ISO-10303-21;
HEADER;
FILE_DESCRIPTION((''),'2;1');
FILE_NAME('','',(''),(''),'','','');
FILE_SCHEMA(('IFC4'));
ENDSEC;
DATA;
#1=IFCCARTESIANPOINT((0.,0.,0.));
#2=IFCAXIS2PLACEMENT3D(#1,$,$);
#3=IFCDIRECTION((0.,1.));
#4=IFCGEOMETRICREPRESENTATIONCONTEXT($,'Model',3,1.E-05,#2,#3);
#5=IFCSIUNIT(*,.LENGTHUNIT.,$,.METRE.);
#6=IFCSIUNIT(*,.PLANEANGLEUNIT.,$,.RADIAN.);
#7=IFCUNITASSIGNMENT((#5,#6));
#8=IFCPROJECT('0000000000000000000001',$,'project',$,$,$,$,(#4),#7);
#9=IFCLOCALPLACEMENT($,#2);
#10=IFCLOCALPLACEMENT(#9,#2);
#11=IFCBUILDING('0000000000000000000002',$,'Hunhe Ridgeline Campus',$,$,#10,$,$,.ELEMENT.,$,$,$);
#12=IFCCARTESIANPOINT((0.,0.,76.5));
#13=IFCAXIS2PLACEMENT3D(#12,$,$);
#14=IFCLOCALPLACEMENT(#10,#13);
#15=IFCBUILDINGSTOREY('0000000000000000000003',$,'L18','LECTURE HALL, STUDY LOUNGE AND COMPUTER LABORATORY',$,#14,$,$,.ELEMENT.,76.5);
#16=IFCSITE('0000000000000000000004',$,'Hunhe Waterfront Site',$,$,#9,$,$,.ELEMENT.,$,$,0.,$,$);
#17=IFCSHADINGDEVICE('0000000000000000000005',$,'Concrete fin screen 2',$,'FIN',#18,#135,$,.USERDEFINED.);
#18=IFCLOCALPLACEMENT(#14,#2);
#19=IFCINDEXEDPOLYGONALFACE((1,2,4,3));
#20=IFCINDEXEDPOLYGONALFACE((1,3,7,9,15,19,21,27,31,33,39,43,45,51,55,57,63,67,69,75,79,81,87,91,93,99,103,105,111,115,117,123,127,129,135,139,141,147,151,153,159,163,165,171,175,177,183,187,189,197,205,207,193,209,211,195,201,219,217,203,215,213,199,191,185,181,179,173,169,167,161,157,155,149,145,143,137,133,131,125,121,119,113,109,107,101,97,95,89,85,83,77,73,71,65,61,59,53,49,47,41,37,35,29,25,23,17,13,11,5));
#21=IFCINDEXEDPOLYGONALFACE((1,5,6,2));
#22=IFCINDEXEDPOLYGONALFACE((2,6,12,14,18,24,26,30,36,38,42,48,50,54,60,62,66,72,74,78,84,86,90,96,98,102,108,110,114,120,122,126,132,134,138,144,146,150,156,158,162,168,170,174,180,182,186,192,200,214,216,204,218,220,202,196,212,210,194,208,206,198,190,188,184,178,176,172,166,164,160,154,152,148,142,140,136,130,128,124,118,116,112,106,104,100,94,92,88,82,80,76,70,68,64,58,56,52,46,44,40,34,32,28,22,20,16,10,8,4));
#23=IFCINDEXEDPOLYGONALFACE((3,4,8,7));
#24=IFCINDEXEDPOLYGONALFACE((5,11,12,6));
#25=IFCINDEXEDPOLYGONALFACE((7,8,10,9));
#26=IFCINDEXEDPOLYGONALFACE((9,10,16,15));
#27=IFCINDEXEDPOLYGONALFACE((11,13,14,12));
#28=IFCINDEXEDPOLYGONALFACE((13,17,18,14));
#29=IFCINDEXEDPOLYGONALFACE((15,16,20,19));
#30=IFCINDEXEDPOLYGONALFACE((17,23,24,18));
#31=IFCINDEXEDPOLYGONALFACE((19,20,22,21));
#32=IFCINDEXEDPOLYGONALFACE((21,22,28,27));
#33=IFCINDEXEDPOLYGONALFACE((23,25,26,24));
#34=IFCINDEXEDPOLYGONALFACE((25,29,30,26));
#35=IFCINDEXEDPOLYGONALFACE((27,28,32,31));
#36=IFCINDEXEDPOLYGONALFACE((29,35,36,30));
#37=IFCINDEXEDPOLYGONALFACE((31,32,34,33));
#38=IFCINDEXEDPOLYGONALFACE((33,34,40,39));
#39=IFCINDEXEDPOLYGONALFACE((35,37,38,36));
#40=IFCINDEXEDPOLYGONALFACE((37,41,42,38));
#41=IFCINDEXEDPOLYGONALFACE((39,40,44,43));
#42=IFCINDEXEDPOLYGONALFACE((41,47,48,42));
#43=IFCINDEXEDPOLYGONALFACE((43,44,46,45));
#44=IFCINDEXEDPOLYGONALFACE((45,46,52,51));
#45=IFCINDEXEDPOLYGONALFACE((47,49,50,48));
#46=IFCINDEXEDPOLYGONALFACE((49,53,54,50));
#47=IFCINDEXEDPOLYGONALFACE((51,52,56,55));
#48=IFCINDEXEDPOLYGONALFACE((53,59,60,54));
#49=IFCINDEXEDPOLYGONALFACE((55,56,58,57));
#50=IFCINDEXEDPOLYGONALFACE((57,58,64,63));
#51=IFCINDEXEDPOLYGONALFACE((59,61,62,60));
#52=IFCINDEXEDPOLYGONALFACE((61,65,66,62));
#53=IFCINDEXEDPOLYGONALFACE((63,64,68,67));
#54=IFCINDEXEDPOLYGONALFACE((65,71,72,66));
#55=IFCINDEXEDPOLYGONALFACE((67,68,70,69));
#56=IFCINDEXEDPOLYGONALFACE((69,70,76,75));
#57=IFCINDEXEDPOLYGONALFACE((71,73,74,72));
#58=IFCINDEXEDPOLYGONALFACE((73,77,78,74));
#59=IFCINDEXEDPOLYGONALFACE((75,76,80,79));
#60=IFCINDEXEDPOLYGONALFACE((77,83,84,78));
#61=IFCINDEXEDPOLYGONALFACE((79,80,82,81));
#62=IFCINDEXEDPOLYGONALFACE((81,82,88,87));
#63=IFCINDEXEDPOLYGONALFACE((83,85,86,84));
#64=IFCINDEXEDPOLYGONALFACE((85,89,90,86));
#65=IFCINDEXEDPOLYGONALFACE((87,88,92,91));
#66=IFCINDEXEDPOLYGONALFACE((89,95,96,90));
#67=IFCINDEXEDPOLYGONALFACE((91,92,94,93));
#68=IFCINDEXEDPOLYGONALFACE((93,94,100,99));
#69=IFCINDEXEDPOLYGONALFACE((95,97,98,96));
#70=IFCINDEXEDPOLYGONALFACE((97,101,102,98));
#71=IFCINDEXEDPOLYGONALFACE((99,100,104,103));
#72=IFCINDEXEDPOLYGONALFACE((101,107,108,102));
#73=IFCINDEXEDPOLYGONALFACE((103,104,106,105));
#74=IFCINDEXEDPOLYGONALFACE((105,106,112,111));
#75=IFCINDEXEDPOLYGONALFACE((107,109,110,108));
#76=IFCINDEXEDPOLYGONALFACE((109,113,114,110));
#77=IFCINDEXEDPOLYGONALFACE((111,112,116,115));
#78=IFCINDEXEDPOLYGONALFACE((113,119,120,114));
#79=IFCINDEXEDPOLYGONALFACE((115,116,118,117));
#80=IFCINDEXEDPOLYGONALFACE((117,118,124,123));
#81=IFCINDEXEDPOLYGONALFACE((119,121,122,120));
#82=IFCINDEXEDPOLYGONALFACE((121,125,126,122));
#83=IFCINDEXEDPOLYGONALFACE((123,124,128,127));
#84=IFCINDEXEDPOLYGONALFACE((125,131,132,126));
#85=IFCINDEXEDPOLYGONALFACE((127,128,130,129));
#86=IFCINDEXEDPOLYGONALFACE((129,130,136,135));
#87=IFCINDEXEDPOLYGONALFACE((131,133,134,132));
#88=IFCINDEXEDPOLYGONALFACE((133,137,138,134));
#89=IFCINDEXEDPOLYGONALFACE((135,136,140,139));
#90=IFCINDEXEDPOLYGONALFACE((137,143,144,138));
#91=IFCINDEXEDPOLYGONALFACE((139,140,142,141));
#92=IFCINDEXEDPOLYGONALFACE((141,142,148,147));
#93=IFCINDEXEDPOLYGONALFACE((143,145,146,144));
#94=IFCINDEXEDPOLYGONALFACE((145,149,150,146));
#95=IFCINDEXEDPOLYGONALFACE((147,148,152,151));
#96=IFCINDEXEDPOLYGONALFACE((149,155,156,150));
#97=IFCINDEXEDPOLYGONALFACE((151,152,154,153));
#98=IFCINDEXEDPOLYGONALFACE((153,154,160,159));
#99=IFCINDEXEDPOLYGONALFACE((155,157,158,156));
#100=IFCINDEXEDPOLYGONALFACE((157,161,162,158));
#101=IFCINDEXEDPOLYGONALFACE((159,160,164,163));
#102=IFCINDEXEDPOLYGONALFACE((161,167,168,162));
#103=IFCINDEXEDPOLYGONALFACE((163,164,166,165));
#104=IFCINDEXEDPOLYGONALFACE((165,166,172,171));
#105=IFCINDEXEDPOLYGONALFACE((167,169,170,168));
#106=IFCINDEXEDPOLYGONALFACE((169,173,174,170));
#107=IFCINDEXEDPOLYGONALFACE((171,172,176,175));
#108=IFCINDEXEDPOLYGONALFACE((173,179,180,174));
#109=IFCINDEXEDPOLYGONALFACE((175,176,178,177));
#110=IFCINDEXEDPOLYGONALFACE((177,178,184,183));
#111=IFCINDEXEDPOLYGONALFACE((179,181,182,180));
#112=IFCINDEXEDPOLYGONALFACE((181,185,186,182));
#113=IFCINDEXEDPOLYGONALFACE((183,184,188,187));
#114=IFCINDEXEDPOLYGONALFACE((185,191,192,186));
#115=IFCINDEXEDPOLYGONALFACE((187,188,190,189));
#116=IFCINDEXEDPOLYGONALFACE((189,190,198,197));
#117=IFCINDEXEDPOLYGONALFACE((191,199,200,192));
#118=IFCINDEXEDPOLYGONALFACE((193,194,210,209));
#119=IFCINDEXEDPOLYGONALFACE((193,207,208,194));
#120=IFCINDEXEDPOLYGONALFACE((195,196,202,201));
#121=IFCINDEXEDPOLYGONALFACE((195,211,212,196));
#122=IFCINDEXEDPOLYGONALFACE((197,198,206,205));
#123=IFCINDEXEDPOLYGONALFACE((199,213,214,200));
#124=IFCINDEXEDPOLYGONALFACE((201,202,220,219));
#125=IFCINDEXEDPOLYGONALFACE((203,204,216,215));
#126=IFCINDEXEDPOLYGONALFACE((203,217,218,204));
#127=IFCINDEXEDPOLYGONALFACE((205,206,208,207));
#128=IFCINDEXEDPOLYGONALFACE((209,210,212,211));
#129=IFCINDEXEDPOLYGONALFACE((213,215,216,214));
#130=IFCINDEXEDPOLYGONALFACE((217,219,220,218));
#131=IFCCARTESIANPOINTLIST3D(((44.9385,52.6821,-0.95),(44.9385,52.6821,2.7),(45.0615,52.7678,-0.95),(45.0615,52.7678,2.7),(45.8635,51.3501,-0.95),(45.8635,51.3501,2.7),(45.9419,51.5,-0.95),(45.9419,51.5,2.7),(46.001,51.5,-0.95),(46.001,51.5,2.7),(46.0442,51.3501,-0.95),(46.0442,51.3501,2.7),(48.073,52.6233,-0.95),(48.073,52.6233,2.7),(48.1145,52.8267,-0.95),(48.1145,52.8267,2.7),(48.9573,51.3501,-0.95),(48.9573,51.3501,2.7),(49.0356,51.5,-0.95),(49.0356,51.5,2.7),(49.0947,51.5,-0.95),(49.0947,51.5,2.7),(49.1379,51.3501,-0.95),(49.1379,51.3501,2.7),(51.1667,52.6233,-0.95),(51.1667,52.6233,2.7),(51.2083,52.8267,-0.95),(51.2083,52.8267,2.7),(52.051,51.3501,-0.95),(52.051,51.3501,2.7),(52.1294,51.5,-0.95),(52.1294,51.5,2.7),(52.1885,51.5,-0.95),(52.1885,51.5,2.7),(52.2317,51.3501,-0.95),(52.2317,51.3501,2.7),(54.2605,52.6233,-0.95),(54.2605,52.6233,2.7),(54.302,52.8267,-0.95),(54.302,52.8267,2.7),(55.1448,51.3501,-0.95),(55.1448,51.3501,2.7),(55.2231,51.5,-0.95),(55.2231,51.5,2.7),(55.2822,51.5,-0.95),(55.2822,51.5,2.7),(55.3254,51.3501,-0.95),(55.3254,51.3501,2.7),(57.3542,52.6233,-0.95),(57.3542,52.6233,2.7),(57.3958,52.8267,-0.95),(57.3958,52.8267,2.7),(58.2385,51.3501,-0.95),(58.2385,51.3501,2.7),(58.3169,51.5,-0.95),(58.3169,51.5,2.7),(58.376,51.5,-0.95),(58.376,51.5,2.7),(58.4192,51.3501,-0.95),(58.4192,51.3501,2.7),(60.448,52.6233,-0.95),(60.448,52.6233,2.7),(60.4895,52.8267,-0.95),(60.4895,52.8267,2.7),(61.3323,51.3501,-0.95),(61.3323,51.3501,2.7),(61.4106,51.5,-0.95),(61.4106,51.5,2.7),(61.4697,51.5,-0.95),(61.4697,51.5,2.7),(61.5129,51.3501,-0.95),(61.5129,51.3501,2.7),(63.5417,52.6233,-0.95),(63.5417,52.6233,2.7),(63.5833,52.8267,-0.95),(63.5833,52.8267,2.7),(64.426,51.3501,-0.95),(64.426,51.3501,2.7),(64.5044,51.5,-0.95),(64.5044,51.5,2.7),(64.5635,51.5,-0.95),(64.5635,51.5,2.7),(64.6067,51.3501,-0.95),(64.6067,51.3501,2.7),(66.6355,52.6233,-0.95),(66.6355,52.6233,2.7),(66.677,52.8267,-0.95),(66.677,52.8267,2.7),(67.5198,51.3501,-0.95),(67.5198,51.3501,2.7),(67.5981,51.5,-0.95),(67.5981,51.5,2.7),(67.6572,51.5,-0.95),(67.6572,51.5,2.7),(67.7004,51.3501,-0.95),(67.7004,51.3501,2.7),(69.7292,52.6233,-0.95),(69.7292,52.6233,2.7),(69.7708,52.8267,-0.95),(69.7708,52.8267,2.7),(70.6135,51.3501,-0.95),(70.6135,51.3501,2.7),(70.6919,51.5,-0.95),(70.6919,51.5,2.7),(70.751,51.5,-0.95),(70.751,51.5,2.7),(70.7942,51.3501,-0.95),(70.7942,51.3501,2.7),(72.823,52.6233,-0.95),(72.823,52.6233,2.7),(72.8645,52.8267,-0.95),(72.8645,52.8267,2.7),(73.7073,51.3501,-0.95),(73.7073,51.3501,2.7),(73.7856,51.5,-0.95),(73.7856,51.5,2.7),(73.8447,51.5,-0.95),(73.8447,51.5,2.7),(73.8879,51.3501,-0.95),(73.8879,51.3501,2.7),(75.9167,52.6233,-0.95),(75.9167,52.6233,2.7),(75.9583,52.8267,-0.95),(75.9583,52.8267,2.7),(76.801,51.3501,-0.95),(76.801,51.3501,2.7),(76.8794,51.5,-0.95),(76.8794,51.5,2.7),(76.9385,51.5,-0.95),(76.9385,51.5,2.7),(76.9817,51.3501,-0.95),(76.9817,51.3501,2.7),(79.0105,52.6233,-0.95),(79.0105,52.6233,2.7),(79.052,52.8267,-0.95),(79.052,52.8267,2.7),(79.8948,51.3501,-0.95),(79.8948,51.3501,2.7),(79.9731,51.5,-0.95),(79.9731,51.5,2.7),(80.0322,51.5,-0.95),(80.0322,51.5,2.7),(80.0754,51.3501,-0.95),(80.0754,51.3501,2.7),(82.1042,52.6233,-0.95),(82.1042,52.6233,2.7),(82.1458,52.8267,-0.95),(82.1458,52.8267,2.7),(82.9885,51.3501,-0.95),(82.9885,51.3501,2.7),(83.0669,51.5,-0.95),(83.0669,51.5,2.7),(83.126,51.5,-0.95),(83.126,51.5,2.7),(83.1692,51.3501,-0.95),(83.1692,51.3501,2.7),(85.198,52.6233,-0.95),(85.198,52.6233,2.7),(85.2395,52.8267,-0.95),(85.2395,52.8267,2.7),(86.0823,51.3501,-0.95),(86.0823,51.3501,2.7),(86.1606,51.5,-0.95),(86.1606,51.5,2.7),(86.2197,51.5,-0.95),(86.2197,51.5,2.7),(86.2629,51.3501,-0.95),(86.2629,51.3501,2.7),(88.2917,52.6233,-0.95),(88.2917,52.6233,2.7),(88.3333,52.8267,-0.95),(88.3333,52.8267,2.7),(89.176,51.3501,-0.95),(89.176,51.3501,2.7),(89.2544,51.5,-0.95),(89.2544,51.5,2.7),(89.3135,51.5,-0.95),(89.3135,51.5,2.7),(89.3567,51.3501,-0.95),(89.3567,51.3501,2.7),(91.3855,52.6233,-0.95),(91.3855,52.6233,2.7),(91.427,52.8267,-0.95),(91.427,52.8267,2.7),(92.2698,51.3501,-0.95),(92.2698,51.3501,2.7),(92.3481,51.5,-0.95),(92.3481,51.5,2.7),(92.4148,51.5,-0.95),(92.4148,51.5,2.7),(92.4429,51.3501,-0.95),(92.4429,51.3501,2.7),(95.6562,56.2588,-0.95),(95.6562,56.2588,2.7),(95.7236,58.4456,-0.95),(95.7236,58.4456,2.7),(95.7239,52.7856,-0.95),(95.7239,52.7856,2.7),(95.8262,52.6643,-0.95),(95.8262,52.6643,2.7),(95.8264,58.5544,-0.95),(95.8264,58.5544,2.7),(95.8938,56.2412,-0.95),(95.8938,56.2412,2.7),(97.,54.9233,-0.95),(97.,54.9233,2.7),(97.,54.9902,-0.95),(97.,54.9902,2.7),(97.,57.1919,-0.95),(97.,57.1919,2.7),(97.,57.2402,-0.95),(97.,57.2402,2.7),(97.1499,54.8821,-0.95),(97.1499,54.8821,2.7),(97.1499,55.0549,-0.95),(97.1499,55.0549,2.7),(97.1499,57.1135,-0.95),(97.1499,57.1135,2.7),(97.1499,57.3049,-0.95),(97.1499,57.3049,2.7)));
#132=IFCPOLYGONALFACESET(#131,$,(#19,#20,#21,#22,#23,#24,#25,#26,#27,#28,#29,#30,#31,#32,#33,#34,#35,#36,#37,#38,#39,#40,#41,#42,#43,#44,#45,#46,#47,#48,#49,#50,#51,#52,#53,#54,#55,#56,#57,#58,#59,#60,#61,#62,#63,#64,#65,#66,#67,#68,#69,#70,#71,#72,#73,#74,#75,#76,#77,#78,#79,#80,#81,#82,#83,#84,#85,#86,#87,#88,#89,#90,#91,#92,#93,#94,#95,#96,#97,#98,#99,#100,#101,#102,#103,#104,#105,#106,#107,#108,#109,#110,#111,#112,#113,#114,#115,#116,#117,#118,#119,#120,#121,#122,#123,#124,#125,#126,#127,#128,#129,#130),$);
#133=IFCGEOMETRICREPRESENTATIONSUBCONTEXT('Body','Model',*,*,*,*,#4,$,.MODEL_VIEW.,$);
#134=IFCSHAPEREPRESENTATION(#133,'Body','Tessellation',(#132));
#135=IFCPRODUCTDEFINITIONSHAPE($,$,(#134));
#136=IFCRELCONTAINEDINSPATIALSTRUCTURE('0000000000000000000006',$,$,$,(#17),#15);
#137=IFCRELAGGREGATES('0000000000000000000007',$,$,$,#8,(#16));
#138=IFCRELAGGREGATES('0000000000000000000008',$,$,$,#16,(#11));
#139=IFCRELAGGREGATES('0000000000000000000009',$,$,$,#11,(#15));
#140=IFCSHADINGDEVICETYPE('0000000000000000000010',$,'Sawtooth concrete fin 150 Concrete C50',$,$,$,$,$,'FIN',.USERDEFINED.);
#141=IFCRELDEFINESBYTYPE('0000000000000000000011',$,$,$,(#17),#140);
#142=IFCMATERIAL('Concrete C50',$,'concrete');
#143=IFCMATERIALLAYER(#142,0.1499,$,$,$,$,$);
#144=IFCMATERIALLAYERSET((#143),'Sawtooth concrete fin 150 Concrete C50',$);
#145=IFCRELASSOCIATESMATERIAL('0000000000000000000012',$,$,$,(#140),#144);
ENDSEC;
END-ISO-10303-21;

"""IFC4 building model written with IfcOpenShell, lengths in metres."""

from ifc_helpers import new_model, si_unit, direction, frame, origin, place, context, subcontext, project, spatial, polyline, outline, extrude, material, layer, layer_set, type_object, element, save


model = new_model("IFC4")

# Units and contexts
model_context = context("Model", 3, precision=1e-05, world=origin(), true_north=direction((0.0, 1.0)))
body_context = subcontext(model_context, "Body", "Model", "MODEL_VIEW")
ifc_project = project(units=[si_unit("LENGTHUNIT", "METRE"), si_unit("PLANEANGLEUNIT", "RADIAN")], contexts=[model_context])

# Site, building, storey
site_placement = place(None, origin())
site = spatial("IfcSite", under=ifc_project, at=site_placement, Name="Hunhe Waterfront Site", CompositionType="ELEMENT", RefElevation=0.0)
building_placement = place(site_placement, origin())
building = spatial("IfcBuilding", under=site, at=building_placement, Name="Hunhe Ridgeline Campus", CompositionType="ELEMENT")
storey_placement = place(building_placement, frame((0.0, 0.0, 76.5)))
storey = spatial("IfcBuildingStorey", under=building, at=storey_placement, Name="L18", Description="LECTURE HALL, STUDY LOUNGE AND COMPUTER LABORATORY", CompositionType="ELEMENT", Elevation=76.5)

# Shading device
ifc_material_1 = material(Name="Concrete C50", Category="concrete")
ifc_layer_1 = layer(ifc_material_1, 0.1499)
ifc_layer_set_1 = layer_set([ifc_layer_1], Name="Sawtooth concrete fin 150 Concrete C50")
shading_device_type = type_object("IfcShadingDeviceType", Name="Sawtooth concrete fin 150 Concrete C50", ElementType="FIN", PredefinedType="USERDEFINED", material=ifc_layer_set_1)
shading_device_1_placement = place(storey_placement, frame((0.0, 0.0, -0.95)))
element("IfcShadingDevice", 1, at=shading_device_1_placement, inside=storey, type_object=shading_device_type, Name="Concrete fin screen 2", ObjectType="FIN", PredefinedType="USERDEFINED", context=body_context, shape_type="SweptSolid", body=[
    extrude(outline(polyline([(45.0615, 52.7678), (44.9385, 52.6821), (45.8635, 51.3501), (46.0442, 51.3501), (48.073, 52.6233), (48.9573, 51.3501), (49.1379, 51.3501), (51.1667, 52.6233), (52.051, 51.3501), (52.2317, 51.3501), (54.2605, 52.6233), (55.1448, 51.3501), (55.3254, 51.3501), (57.3542, 52.6233), (58.2385, 51.3501), (58.4192, 51.3501), (60.448, 52.6233), (61.3323, 51.3501), (61.5129, 51.3501), (63.5417, 52.6233), (64.426, 51.3501), (64.6067, 51.3501), (66.6355, 52.6233), (67.5198, 51.3501), (67.7004, 51.3501), (69.7292, 52.6233), (70.6135, 51.3501), (70.7942, 51.3501), (72.823, 52.6233), (73.7073, 51.3501), (73.8879, 51.3501), (75.9167, 52.6233), (76.801, 51.3501), (76.9817, 51.3501), (79.0105, 52.6233), (79.8948, 51.3501), (80.0754, 51.3501), (82.1042, 52.6233), (82.9885, 51.3501), (83.1692, 51.3501), (85.198, 52.6233), (86.0823, 51.3501), (86.2629, 51.3501), (88.2917, 52.6233), (89.176, 51.3501), (89.3567, 51.3501), (91.3855, 52.6233), (92.2698, 51.3501), (92.4429, 51.3501), (95.8262, 52.6643), (97.1499, 54.8821), (97.1499, 55.0549), (95.8938, 56.2412), (97.1499, 57.1135), (97.1499, 57.3049), (95.8264, 58.5544), (95.7236, 58.4456), (97.0, 57.2402), (97.0, 57.1919), (95.6562, 56.2588), (97.0, 54.9902), (97.0, 54.9233), (95.7239, 52.7856), (92.4148, 51.5), (92.3481, 51.5), (91.427, 52.8267), (89.3135, 51.5), (89.2544, 51.5), (88.3333, 52.8267), (86.2197, 51.5), (86.1606, 51.5), (85.2395, 52.8267), (83.126, 51.5), (83.0669, 51.5), (82.1458, 52.8267), (80.0322, 51.5), (79.9731, 51.5), (79.052, 52.8267), (76.9385, 51.5), (76.8794, 51.5), (75.9583, 52.8267), (73.8447, 51.5), (73.7856, 51.5), (72.8645, 52.8267), (70.751, 51.5), (70.6919, 51.5), (69.7708, 52.8267), (67.6572, 51.5), (67.5981, 51.5), (66.677, 52.8267), (64.5635, 51.5), (64.5044, 51.5), (63.5833, 52.8267), (61.4697, 51.5), (61.4106, 51.5), (60.4895, 52.8267), (58.376, 51.5), (58.3169, 51.5), (57.3958, 52.8267), (55.2822, 51.5), (55.2231, 51.5), (54.302, 52.8267), (52.1885, 51.5), (52.1294, 51.5), (51.2083, 52.8267), (49.0947, 51.5), (49.0356, 51.5), (48.1145, 52.8267), (46.001, 51.5), (45.9419, 51.5), (45.0615, 52.7678)])), origin(), (0.0, 0.0, 1.0), 3.6499),
])

save(model, "model.ifc")
